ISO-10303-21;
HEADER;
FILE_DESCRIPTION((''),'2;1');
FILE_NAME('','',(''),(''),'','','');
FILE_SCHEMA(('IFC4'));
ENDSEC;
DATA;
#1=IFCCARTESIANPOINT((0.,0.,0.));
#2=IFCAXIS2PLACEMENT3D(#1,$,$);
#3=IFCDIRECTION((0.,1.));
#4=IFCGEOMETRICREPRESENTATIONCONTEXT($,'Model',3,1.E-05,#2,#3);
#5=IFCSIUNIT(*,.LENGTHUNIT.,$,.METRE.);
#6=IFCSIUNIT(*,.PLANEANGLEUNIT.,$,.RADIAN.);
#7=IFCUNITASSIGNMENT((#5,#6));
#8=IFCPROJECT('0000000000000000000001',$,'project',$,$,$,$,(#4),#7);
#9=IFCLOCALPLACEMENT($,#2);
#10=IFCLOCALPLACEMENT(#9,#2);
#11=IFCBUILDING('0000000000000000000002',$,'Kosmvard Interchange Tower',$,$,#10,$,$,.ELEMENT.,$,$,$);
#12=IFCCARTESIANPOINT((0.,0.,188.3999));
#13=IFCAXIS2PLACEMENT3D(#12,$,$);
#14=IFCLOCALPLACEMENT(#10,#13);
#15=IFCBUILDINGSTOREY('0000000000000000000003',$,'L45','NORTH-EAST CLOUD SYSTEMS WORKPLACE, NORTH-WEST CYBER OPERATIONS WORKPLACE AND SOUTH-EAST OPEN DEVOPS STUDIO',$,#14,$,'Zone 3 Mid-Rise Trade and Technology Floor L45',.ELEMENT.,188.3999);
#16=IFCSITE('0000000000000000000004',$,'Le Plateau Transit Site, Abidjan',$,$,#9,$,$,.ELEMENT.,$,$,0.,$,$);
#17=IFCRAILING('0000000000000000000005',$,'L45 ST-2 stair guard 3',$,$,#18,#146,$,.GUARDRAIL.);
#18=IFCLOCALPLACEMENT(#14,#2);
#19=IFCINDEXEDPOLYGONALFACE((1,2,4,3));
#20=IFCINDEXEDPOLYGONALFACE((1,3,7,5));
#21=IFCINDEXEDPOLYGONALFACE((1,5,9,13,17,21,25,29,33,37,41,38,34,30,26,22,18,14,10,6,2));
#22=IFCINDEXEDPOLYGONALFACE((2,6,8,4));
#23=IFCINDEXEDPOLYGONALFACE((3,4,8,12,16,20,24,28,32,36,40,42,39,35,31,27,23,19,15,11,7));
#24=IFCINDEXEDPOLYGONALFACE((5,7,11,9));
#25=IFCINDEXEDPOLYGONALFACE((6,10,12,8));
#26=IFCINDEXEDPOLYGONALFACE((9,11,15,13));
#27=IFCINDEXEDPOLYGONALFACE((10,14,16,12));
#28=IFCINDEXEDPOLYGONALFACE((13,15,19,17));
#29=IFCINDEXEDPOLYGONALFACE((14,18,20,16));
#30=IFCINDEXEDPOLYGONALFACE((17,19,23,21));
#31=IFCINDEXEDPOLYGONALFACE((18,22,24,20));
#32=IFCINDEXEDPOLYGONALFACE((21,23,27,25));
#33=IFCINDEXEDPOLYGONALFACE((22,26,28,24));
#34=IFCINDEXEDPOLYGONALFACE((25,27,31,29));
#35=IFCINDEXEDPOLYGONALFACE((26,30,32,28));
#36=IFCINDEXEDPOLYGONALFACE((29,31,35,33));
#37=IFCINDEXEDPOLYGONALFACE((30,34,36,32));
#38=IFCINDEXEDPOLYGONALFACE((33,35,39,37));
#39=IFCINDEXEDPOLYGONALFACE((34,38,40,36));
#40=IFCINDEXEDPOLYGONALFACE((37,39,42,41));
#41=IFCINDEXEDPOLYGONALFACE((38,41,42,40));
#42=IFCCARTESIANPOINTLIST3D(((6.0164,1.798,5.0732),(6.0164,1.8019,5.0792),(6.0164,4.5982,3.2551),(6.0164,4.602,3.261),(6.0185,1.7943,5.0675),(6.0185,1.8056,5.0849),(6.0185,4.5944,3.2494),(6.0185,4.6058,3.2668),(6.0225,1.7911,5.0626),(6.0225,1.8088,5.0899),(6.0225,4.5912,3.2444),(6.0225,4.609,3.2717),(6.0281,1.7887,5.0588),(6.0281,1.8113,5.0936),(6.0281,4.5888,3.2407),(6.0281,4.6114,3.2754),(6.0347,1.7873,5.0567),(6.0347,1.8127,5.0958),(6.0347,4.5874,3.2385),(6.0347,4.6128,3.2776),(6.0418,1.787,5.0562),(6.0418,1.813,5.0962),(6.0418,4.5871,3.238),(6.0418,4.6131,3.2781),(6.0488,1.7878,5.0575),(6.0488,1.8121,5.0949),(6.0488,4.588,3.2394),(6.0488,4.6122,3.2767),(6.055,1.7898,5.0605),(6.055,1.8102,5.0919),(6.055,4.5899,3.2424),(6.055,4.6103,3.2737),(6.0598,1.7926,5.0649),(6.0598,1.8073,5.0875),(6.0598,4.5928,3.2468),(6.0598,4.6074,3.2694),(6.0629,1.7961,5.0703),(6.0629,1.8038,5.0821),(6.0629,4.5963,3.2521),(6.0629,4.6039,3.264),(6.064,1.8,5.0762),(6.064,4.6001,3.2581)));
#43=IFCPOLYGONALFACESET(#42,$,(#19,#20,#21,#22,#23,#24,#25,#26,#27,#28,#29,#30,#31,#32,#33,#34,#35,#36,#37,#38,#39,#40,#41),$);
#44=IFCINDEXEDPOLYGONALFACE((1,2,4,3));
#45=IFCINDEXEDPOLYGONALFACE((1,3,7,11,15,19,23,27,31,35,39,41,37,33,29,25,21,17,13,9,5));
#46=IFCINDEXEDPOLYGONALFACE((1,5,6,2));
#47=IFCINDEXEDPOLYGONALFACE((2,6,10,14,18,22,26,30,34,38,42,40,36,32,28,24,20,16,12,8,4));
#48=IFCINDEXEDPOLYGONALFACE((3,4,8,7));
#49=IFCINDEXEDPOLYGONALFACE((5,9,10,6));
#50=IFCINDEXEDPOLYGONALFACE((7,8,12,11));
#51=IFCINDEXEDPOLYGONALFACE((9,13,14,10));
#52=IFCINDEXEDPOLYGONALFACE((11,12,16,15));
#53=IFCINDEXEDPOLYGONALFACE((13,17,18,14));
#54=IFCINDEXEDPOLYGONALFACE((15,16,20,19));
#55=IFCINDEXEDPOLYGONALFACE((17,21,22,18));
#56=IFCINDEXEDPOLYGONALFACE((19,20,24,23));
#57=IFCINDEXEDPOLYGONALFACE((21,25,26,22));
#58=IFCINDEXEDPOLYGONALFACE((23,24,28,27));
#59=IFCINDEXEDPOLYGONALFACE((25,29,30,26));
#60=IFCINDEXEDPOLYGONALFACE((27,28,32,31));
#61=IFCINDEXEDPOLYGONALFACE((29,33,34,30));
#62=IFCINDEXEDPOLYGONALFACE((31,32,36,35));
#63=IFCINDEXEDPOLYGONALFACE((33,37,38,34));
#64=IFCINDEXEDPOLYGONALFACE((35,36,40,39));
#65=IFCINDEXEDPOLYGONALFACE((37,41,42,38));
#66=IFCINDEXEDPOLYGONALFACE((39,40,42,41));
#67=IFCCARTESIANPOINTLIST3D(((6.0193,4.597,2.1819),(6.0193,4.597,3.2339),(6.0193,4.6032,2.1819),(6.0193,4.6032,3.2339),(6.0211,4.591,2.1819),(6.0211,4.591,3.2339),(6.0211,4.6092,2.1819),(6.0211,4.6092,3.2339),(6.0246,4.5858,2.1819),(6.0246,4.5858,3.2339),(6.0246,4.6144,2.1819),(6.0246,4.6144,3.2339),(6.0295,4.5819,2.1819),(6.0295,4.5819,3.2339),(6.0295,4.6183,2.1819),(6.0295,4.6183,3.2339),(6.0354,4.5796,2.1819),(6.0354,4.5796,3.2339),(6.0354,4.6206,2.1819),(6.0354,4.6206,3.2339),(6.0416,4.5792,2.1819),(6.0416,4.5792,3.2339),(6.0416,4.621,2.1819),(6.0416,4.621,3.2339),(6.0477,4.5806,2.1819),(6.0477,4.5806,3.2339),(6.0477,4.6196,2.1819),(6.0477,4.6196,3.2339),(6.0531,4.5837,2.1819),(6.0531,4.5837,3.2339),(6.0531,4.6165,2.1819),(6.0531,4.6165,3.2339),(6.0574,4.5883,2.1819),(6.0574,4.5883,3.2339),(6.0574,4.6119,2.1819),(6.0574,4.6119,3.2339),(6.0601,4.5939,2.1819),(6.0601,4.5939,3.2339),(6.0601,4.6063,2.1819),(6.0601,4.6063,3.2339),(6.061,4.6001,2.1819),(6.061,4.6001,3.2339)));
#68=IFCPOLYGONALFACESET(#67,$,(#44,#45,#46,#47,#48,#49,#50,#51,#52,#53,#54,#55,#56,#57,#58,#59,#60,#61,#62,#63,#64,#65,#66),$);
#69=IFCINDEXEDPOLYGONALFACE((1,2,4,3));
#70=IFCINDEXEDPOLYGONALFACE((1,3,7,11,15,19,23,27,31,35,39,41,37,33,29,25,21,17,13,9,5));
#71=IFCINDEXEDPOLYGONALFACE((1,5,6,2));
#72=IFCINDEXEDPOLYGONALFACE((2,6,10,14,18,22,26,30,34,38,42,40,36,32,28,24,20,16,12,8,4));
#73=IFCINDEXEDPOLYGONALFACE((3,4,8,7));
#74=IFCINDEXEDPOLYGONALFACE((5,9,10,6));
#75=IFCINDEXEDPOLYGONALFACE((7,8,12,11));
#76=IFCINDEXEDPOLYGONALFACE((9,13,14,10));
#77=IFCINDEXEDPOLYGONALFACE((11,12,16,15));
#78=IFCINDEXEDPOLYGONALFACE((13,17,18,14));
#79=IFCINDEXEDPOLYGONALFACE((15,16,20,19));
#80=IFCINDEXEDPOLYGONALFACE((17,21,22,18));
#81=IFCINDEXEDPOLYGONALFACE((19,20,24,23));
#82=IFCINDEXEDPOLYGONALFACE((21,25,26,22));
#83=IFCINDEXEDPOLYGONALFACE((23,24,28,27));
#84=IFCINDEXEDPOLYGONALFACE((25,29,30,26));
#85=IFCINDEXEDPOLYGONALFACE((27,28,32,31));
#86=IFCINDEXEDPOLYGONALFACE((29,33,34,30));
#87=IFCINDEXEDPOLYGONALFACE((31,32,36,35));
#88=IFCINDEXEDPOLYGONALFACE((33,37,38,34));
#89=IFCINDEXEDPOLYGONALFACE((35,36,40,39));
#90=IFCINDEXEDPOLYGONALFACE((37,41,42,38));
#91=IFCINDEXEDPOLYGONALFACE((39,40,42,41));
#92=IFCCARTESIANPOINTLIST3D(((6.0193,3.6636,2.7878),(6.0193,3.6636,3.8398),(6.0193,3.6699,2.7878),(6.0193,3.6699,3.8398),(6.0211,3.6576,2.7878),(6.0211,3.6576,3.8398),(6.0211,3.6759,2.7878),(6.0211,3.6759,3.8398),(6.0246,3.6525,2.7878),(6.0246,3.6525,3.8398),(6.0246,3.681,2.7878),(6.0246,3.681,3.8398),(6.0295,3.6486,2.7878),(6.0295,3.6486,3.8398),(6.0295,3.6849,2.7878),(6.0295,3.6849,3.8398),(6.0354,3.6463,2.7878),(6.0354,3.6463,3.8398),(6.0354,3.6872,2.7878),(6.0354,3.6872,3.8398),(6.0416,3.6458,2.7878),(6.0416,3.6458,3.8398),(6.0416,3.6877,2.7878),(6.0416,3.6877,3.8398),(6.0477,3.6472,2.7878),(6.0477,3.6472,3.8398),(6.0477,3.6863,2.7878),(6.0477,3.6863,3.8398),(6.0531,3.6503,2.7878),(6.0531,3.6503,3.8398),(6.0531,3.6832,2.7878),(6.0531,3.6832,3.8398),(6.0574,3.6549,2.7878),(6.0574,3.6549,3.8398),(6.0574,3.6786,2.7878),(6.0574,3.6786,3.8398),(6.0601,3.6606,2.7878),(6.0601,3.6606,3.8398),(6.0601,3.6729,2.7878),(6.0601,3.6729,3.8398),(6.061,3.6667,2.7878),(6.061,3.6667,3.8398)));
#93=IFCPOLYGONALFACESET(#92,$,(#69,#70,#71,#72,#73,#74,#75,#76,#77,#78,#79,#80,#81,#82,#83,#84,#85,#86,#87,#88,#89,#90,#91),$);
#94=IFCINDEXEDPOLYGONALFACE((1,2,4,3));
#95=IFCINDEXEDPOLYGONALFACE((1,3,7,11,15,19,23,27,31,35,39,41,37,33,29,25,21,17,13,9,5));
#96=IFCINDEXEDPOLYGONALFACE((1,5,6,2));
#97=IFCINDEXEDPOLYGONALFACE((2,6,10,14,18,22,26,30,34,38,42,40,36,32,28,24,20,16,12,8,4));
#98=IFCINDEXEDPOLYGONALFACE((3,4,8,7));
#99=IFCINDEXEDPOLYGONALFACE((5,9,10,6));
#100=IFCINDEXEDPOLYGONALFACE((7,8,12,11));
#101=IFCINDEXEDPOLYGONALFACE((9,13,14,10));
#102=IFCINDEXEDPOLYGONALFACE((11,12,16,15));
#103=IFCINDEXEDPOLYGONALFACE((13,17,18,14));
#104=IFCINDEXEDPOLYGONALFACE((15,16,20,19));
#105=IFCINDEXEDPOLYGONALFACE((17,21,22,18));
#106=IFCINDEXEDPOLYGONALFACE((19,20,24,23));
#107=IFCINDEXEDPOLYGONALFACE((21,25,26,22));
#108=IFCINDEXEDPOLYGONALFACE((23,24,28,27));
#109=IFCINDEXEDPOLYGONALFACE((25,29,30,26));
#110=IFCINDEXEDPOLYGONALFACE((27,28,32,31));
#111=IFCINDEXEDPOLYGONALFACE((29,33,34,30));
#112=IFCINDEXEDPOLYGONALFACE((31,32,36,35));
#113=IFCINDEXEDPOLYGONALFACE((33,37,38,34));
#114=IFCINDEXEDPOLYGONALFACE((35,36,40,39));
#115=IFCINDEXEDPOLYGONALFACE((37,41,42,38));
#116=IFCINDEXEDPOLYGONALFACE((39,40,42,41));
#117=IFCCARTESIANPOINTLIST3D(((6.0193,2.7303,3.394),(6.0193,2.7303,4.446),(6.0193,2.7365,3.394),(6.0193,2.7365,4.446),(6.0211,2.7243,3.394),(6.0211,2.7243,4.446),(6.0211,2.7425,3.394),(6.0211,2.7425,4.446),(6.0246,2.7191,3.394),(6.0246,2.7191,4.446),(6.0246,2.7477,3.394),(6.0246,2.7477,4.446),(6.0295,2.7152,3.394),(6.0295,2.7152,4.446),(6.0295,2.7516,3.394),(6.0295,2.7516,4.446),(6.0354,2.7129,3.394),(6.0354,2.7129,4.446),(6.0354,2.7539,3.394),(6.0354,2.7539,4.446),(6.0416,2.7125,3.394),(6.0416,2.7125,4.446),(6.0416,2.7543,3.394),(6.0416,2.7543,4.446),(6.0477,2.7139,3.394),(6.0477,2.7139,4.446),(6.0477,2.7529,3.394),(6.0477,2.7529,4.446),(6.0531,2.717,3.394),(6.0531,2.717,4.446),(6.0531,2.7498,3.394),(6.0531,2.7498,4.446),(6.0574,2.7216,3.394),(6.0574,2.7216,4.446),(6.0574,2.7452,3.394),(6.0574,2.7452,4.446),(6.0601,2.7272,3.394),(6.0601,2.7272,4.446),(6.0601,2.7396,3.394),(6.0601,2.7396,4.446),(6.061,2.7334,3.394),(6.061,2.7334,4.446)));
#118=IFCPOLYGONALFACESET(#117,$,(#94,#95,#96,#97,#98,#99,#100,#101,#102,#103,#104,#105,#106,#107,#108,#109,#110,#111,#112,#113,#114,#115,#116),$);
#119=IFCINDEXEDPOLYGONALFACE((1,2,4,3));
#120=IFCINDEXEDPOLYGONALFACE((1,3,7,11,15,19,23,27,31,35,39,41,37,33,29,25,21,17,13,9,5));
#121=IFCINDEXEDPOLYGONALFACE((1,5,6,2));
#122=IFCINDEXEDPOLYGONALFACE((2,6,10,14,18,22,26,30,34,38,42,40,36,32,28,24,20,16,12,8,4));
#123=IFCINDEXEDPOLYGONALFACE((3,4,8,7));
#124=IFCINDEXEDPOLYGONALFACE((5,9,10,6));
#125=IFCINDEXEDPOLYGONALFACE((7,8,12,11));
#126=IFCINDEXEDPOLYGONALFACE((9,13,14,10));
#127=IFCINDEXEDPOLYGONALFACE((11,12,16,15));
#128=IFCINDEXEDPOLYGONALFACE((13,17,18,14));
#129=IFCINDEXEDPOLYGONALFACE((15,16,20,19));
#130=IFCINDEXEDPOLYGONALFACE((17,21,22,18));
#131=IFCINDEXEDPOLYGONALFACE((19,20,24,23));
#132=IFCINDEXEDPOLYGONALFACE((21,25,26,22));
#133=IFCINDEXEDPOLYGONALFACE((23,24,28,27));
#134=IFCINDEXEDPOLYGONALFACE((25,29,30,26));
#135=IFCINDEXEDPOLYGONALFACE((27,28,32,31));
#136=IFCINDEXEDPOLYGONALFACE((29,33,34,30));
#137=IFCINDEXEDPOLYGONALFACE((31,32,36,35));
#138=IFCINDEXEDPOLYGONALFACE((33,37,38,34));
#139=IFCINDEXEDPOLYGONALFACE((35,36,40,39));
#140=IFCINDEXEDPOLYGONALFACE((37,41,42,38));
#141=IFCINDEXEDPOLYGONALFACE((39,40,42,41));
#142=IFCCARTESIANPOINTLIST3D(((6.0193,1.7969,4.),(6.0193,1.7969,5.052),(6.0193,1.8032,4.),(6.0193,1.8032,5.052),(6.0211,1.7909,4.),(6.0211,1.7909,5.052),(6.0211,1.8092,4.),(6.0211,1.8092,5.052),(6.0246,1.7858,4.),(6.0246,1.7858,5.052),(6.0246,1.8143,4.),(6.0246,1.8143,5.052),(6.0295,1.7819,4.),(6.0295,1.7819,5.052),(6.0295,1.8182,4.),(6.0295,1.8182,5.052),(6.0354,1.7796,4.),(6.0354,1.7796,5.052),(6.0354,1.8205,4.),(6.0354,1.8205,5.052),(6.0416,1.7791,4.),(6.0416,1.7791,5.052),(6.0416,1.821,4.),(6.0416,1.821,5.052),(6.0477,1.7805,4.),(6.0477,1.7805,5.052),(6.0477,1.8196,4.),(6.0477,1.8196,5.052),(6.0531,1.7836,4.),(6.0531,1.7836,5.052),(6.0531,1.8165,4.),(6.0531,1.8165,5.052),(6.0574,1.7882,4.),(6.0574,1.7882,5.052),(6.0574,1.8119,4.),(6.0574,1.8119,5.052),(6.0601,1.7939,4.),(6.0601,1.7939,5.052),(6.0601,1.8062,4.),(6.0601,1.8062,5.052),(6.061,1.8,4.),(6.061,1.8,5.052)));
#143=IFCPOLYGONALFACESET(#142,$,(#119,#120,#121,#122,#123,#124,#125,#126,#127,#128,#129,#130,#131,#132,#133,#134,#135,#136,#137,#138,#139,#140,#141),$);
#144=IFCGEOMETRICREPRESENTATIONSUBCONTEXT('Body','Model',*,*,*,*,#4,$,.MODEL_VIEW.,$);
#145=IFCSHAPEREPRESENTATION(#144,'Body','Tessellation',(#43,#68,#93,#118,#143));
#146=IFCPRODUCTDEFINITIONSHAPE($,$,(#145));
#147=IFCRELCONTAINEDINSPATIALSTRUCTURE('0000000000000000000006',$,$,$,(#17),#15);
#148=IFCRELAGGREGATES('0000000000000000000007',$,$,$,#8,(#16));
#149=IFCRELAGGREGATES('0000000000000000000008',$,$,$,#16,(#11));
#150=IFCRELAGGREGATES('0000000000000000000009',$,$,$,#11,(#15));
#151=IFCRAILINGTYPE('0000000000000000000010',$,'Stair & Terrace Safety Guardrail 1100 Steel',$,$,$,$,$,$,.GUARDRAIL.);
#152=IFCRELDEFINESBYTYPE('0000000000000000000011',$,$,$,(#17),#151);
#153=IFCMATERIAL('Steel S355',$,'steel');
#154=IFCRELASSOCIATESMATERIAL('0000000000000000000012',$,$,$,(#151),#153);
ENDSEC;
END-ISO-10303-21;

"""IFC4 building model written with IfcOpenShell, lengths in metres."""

from ifc_helpers import new_model, si_unit, direction, frame, origin, origin_2d, place, context, subcontext, project, spatial, circle, extrude, source, transform, mapped, material, type_object, element, save


model = new_model("IFC4")

# Units and contexts
model_context = context("Model", 3, precision=1e-05, world=origin(), true_north=direction((0.0, 1.0)))
body_context = subcontext(model_context, "Body", "Model", "MODEL_VIEW")
ifc_project = project(units=[si_unit("LENGTHUNIT", "METRE"), si_unit("PLANEANGLEUNIT", "RADIAN")], contexts=[model_context])

# Site, building, storey
site_placement = place(None, origin())
site = spatial("IfcSite", under=ifc_project, at=site_placement, Name="Le Plateau Transit Site, Abidjan", CompositionType="ELEMENT", RefElevation=0.0)
building_placement = place(site_placement, origin())
building = spatial("IfcBuilding", under=site, at=building_placement, Name="Kosmvard Interchange Tower", CompositionType="ELEMENT")
storey_placement = place(building_placement, frame((0.0, 0.0, 188.3999)))
storey = spatial("IfcBuildingStorey", under=building, at=storey_placement, Name="L45", Description="NORTH-EAST CLOUD SYSTEMS WORKPLACE, NORTH-WEST CYBER OPERATIONS WORKPLACE AND SOUTH-EAST OPEN DEVOPS STUDIO", LongName="Zone 3 Mid-Rise Trade and Technology Floor L45", CompositionType="ELEMENT", Elevation=188.3999)

# Railing
ifc_material_1 = material(Name="Steel S355", Category="steel")
railing_type_1 = type_object("IfcRailingType", Name="Stair & Terrace Safety Guardrail 1100 Steel", PredefinedType="GUARDRAIL", material=ifc_material_1)
shared_shape_1 = source(origin(), body_context, "Body", "SweptSolid", [
    extrude(circle(Radius=0.0239, at=origin_2d()), frame((0.0, 0.0, 1.0762), z_axis=(0.0, -0.838706, 0.544585), x_axis=(1.0, 0.0, 0.0)), (0.0, 0.0, 1.0), 3.3386),
    extrude(circle(Radius=0.021, at=origin_2d()), origin(), (0.0, 0.0, 1.0), 1.052),
    extrude(circle(Radius=0.021, at=origin_2d()), frame((0.0, -0.9333, 0.606)), (0.0, 0.0, 1.0), 1.052),
    extrude(circle(Radius=0.021, at=origin_2d()), frame((0.0, -1.8667, 1.2122)), (0.0, 0.0, 1.0), 1.052),
    extrude(circle(Radius=0.021, at=origin_2d()), frame((0.0, -2.8, 1.8181)), (0.0, 0.0, 1.0), 1.052),
])
railing_1_placement = place(storey_placement, frame((6.04, 4.6001, 2.1819)))
element("IfcRailing", 1, at=railing_1_placement, inside=storey, type_object=railing_type_1, Name="L45 ST-2 stair guard 3", PredefinedType="GUARDRAIL", context=body_context, shape_type="MappedRepresentation", body=[
    mapped(shared_shape_1, transform((0.0, 0.0, 0.0), scale=1.0)),
])

save(model, "model.ifc")
